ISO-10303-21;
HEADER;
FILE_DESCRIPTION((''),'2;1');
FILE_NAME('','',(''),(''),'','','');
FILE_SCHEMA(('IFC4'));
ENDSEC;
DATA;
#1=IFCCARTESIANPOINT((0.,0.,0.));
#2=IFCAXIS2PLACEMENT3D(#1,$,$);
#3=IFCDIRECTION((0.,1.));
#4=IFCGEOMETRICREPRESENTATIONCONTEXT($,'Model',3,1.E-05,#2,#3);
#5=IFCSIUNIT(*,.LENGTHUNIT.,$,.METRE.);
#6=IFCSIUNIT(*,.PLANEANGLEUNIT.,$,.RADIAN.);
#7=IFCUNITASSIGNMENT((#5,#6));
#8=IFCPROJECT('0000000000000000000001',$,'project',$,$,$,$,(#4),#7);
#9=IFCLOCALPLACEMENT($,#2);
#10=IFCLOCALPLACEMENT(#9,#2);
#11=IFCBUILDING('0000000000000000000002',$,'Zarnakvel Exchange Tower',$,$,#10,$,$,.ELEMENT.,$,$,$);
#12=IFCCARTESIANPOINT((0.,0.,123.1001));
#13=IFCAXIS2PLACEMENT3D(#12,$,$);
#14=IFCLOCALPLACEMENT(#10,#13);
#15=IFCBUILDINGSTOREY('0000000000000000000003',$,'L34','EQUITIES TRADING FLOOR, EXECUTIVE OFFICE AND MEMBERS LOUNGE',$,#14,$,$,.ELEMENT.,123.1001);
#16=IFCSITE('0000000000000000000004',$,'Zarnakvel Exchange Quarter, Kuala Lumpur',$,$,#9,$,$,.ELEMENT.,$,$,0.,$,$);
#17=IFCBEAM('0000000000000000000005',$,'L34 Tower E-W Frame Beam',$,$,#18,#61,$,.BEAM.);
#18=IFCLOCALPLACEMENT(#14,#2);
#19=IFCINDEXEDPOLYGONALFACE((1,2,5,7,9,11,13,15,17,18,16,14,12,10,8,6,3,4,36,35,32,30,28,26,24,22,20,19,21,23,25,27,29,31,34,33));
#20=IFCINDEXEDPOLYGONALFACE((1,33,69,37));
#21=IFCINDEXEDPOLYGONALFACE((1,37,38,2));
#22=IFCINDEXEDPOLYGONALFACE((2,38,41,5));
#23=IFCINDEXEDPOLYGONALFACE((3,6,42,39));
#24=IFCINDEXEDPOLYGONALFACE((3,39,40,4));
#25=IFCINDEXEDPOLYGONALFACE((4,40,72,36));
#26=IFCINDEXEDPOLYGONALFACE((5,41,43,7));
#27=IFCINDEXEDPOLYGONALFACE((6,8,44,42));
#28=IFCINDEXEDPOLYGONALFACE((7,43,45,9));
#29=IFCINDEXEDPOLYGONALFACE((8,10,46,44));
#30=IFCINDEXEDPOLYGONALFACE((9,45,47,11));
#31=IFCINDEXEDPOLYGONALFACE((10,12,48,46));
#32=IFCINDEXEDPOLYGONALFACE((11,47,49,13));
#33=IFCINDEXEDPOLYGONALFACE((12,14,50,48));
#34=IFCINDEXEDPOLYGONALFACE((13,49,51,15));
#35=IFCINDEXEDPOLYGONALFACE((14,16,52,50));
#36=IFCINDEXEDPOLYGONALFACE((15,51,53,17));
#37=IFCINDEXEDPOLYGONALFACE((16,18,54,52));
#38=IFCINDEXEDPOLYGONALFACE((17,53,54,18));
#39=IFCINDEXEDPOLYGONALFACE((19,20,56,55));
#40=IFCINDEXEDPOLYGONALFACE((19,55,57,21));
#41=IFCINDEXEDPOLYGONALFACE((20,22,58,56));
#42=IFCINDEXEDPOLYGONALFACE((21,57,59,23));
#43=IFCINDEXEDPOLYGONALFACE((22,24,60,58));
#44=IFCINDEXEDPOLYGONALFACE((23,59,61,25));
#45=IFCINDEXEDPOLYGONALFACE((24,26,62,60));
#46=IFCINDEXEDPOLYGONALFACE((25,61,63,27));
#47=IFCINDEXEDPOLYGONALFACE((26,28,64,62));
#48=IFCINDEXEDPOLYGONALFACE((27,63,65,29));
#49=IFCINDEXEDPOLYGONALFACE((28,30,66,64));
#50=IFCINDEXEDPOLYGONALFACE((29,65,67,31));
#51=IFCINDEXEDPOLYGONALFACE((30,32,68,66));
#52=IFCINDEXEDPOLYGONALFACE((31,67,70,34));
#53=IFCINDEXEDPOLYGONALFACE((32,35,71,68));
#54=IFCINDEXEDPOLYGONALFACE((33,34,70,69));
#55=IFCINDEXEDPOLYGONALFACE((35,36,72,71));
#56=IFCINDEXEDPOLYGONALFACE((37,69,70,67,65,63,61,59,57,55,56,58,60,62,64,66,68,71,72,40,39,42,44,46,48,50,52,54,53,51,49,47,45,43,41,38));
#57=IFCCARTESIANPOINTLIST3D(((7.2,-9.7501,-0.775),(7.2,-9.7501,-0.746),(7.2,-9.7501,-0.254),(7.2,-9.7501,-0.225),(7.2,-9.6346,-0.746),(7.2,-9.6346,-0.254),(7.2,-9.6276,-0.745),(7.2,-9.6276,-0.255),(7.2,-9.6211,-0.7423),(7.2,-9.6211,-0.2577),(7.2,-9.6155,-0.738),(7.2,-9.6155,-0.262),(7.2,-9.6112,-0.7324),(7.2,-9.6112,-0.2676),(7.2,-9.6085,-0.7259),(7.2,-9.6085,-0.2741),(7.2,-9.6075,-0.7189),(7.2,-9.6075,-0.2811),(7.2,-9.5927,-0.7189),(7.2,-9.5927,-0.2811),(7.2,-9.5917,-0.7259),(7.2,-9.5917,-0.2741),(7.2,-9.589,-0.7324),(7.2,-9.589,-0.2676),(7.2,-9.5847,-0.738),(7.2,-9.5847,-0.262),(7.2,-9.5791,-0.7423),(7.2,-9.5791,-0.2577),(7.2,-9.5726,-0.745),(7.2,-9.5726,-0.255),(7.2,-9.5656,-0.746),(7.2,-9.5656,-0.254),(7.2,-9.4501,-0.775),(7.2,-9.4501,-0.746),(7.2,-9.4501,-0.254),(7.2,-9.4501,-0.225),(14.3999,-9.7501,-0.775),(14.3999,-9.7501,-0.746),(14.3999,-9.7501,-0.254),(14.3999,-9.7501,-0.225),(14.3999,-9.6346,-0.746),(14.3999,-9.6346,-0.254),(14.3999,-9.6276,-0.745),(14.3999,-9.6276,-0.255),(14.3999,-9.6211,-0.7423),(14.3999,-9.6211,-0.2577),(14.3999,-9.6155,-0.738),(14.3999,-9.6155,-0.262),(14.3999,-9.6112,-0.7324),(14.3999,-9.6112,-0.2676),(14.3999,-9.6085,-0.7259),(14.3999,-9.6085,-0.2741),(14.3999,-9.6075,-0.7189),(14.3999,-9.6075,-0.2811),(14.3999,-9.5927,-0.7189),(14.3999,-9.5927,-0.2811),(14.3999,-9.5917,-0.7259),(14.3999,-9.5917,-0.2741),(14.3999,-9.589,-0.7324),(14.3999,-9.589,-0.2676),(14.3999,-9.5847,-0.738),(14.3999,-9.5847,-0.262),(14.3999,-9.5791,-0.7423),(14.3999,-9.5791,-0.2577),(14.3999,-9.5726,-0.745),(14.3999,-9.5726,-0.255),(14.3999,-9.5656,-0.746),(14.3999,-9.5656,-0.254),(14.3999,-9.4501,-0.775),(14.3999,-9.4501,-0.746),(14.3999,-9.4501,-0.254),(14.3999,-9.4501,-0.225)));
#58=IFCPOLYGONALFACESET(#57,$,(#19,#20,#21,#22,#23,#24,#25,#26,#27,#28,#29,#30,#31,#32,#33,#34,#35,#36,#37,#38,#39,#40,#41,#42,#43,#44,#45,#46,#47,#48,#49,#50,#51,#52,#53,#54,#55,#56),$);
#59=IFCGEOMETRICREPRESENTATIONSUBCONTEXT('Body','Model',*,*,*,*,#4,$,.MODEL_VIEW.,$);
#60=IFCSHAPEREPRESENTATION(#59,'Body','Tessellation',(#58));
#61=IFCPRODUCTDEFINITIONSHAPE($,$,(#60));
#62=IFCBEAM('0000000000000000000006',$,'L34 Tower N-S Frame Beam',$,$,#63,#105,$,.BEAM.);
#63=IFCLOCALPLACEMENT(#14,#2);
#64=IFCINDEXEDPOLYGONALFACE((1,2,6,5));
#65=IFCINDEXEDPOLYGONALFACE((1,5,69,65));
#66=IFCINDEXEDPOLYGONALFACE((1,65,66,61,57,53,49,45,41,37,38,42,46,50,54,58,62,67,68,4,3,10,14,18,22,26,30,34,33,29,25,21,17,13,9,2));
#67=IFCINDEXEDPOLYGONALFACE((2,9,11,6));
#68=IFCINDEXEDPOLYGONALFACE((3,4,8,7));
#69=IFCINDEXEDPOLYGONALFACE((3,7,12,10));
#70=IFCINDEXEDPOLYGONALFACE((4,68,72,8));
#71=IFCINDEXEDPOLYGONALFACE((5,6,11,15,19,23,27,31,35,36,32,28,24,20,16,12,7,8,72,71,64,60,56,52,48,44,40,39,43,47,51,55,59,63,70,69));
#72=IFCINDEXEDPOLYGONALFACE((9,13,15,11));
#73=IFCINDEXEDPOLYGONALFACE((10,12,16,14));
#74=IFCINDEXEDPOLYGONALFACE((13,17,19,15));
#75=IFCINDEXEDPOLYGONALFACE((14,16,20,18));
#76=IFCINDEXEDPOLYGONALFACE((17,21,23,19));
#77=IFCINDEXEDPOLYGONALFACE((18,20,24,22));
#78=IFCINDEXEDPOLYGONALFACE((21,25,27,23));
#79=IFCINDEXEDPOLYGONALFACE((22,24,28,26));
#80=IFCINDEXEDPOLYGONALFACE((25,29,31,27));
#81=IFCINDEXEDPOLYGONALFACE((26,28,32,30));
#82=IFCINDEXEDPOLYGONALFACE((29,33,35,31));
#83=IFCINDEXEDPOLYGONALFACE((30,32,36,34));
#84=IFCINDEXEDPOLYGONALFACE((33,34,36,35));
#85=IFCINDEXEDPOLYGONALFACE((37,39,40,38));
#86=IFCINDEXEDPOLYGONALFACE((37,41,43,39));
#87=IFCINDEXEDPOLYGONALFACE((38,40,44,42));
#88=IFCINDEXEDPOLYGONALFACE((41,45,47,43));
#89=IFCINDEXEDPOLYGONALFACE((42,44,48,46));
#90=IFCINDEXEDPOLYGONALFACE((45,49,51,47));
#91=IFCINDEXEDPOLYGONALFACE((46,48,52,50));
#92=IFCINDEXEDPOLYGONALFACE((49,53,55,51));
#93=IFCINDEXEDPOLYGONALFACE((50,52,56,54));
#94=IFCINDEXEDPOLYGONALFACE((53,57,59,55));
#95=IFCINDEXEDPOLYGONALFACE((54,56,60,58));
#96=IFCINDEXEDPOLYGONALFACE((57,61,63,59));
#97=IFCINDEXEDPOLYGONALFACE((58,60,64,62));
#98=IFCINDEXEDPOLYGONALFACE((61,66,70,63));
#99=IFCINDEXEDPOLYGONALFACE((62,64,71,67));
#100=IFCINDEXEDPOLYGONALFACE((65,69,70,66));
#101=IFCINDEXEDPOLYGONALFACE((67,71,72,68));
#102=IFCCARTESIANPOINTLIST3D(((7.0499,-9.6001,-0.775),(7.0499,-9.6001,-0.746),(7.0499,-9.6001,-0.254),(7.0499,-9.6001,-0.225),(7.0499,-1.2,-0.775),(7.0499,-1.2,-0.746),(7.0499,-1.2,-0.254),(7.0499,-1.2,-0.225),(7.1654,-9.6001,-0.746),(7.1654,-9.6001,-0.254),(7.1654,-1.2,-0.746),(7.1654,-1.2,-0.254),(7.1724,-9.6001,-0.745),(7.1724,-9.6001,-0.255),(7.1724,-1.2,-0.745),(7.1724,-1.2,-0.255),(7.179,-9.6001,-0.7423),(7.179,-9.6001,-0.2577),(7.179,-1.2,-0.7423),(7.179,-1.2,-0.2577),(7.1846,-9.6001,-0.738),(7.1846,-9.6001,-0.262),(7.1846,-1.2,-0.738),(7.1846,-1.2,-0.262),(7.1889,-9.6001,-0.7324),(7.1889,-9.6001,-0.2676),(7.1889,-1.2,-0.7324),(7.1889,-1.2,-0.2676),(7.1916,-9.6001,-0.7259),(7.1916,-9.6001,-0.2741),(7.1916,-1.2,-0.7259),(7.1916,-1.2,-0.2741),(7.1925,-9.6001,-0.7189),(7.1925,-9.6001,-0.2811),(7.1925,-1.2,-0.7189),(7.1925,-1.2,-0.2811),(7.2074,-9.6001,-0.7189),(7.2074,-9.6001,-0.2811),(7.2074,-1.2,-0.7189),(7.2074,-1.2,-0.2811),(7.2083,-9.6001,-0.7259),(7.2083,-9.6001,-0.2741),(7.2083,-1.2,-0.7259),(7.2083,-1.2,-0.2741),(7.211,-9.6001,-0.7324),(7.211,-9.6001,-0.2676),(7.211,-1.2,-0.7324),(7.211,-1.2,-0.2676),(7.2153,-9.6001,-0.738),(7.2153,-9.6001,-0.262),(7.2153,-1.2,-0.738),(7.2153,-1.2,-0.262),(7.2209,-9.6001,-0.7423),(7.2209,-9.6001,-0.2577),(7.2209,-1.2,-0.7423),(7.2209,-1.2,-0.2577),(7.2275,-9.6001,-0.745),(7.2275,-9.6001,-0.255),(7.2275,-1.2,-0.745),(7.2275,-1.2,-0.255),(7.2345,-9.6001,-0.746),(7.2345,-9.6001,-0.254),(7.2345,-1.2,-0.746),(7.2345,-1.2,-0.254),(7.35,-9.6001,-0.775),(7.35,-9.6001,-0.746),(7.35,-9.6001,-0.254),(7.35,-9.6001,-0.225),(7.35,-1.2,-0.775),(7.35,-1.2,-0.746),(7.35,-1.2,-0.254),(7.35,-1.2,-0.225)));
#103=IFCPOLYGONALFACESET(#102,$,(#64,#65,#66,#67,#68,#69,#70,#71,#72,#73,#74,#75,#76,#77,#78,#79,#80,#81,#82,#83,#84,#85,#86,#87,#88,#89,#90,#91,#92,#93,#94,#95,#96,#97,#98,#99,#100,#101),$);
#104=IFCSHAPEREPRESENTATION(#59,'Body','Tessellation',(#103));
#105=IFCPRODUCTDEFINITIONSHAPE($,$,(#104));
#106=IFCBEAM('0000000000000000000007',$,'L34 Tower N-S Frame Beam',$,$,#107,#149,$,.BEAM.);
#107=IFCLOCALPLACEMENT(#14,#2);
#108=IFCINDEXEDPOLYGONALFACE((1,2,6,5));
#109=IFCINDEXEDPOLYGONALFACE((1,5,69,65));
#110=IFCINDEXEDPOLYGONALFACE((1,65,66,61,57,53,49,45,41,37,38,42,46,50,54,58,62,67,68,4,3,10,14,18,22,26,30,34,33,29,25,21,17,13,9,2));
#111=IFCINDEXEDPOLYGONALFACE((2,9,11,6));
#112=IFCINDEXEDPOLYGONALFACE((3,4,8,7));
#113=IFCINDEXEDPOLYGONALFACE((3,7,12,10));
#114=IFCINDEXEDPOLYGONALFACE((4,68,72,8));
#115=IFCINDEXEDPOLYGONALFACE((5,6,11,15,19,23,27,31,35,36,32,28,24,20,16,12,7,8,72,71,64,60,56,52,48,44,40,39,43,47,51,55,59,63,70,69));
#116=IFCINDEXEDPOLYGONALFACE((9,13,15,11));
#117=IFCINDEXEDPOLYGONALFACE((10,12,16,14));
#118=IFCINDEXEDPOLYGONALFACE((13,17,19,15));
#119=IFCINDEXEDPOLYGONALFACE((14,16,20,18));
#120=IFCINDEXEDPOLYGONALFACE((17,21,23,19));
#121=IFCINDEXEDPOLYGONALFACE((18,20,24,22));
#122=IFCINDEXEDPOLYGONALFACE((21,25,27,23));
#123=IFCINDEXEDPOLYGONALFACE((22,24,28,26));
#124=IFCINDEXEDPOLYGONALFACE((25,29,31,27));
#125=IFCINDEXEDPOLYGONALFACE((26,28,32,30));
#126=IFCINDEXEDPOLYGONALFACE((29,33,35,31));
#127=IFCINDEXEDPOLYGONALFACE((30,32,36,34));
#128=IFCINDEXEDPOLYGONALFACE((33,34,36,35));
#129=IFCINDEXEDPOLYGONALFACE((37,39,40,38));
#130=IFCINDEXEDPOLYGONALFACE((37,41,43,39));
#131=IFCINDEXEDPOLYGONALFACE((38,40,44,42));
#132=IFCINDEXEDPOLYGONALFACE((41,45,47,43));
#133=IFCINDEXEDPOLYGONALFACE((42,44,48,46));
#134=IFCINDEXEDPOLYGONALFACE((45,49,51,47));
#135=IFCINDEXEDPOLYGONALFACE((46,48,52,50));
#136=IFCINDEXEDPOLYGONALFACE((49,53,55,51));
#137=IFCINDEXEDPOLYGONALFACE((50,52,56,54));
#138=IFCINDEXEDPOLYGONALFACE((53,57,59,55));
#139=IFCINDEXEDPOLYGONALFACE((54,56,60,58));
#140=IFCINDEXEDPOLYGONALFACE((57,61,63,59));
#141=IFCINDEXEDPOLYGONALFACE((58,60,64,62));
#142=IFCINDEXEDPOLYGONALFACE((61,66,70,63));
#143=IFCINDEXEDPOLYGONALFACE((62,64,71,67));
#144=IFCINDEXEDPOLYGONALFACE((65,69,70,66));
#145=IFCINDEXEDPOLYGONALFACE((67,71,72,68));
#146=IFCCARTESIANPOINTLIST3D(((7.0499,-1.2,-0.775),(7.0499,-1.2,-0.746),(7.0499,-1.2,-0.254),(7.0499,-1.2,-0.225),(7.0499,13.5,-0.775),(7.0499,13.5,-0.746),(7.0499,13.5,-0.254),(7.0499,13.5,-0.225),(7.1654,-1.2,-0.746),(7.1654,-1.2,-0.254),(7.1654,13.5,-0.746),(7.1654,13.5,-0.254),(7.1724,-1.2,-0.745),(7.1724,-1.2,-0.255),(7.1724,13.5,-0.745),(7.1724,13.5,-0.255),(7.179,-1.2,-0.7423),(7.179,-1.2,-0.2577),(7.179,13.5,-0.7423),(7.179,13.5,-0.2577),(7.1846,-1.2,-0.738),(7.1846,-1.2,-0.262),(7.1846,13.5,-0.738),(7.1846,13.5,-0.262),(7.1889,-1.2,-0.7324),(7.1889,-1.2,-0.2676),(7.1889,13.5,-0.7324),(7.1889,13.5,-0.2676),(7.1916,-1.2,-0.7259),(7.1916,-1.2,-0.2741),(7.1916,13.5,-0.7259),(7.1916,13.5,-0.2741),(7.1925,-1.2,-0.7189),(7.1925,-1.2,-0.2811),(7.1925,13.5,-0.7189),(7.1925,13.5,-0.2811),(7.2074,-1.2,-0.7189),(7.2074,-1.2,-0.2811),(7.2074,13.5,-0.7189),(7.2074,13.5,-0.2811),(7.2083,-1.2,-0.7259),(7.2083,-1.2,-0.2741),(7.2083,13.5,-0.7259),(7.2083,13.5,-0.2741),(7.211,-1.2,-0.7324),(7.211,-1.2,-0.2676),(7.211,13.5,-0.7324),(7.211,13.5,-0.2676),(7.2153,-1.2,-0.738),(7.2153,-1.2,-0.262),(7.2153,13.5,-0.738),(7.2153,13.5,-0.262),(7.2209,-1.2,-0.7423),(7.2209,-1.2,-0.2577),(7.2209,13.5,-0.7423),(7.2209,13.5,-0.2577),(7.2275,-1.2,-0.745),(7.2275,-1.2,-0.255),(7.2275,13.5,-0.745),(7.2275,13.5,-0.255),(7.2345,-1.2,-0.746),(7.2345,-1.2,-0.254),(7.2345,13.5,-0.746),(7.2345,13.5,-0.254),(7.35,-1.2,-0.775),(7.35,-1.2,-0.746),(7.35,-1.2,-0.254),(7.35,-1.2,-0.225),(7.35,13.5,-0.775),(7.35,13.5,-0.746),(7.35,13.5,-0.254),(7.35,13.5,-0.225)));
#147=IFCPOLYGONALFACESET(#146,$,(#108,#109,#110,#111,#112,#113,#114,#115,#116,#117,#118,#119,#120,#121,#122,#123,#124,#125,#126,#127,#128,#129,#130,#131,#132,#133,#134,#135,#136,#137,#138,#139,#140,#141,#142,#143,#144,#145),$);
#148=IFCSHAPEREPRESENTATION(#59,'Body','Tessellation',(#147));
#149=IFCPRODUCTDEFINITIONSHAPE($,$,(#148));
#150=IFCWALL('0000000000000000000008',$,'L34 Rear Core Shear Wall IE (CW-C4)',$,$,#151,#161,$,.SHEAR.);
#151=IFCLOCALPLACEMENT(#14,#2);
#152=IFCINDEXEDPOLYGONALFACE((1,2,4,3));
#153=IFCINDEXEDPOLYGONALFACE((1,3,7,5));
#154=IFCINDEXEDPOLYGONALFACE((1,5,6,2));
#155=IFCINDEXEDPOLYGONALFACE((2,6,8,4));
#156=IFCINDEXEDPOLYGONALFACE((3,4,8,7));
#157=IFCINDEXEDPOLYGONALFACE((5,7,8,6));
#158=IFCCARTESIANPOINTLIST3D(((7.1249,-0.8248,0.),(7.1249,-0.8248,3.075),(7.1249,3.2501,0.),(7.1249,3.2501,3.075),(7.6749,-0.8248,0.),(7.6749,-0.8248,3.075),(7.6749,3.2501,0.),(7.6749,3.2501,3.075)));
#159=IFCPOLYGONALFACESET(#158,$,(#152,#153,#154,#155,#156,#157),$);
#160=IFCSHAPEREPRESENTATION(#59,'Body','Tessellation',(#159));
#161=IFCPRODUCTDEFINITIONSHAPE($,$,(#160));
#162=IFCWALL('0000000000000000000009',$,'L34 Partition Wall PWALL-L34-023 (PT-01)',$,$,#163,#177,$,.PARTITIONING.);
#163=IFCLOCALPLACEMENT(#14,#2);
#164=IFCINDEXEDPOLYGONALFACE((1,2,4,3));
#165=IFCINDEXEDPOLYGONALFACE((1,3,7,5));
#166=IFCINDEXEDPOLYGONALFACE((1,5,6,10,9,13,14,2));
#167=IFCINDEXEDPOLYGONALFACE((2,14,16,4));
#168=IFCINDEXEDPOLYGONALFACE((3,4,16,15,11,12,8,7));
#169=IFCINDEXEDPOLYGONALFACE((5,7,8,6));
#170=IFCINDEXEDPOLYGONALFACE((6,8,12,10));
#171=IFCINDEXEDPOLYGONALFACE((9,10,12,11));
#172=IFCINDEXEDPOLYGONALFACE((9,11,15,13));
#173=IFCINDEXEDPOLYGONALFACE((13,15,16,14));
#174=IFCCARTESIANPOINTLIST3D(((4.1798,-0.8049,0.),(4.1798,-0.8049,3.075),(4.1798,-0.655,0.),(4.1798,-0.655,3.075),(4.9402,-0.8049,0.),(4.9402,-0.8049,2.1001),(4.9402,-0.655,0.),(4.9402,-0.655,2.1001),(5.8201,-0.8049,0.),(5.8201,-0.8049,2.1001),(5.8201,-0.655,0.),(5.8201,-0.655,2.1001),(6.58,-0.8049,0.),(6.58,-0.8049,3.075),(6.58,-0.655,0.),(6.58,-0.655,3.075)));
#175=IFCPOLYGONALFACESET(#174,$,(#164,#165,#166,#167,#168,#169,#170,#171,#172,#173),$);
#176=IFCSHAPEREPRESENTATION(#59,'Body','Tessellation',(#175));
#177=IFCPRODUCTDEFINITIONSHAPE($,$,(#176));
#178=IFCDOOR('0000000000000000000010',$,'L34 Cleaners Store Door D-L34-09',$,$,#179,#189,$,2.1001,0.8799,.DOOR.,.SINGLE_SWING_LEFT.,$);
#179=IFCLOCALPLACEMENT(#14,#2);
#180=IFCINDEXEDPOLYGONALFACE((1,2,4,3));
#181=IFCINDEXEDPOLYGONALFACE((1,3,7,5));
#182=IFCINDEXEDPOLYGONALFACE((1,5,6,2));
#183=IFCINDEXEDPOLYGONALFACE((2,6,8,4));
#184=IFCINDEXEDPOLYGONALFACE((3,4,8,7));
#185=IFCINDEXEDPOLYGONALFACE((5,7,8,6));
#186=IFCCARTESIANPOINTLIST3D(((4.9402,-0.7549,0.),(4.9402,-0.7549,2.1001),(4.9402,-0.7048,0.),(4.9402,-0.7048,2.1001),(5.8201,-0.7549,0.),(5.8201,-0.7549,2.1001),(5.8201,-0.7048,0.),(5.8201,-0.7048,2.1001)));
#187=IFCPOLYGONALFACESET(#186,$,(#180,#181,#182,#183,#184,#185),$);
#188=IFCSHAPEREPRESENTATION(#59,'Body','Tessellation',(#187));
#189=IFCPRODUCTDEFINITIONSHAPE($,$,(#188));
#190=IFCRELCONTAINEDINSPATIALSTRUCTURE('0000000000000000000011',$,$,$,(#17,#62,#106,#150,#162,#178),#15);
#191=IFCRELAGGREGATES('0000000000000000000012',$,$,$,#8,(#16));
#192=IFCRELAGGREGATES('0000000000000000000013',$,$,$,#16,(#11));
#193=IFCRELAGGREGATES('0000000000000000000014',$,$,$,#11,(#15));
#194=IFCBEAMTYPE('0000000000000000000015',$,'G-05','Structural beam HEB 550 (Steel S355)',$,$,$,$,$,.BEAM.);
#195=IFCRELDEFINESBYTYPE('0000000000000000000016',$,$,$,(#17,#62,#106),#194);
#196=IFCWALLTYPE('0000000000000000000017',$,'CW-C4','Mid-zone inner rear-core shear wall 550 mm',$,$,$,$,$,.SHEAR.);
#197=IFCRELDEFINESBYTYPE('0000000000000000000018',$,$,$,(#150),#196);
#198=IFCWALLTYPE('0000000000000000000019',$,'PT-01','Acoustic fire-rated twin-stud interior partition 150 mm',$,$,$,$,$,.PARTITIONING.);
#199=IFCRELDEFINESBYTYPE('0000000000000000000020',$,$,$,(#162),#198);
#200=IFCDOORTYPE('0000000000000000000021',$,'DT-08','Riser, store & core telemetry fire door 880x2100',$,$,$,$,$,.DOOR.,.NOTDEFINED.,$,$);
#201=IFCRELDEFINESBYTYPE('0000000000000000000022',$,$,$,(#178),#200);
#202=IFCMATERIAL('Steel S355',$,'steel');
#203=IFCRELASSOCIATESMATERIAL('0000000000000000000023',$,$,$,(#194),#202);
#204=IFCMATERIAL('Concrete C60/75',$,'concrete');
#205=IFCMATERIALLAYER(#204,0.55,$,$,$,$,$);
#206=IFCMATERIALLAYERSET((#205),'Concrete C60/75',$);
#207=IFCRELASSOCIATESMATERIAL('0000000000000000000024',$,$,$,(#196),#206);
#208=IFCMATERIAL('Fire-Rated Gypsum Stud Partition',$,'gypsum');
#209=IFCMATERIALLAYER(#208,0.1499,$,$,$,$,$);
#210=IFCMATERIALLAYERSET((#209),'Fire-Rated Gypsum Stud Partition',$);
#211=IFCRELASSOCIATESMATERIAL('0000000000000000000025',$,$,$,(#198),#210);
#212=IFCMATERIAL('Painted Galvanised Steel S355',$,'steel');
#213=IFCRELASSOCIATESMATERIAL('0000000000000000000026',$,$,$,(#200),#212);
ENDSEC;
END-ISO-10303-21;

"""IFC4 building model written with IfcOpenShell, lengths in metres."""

from ifc_helpers import new_model, si_unit, direction, frame, frame_2d, origin, origin_2d, place, context, subcontext, project, spatial, rectangle, i_section, extrude, source, transform, mapped, material, layer, layer_set, material_profile, profile_set, type_object, element, fill, save


model = new_model("IFC4")

# Units and contexts
model_context = context("Model", 3, precision=1e-05, world=origin(), true_north=direction((0.0, 1.0)))
body_context = subcontext(model_context, "Body", "Model", "MODEL_VIEW")
ifc_project = project(units=[si_unit("LENGTHUNIT", "METRE"), si_unit("PLANEANGLEUNIT", "RADIAN")], contexts=[model_context])

# Site, building, storey
site_placement = place(None, origin())
site = spatial("IfcSite", under=ifc_project, at=site_placement, Name="Zarnakvel Exchange Quarter, Kuala Lumpur", CompositionType="ELEMENT", RefElevation=0.0)
building_placement = place(site_placement, origin())
building = spatial("IfcBuilding", under=site, at=building_placement, Name="Zarnakvel Exchange Tower", CompositionType="ELEMENT")
storey_placement = place(building_placement, frame((0.0, 0.0, 123.1001)))
storey = spatial("IfcBuildingStorey", under=building, at=storey_placement, Name="L34", Description="EQUITIES TRADING FLOOR, EXECUTIVE OFFICE AND MEMBERS LOUNGE", CompositionType="ELEMENT", Elevation=123.1001)

# Shared definitions
ifc_material_1 = material(Name="Concrete C60/75", Category="concrete")

# Beams
ifc_material_2 = material(Name="Steel S355", Category="steel")
ifc_material_profile_1 = material_profile(ifc_material_2, i_section(OverallWidth=0.3, OverallDepth=0.55, WebThickness=0.0149, FlangeThickness=0.0291, FilletRadius=0.0271, at=origin_2d()))
ifc_profile_set_1 = profile_set([ifc_material_profile_1], Name="Steel S355")
beam_type_1 = type_object("IfcBeamType", Name="G-05", Description="Structural beam HEB 550 (Steel S355)", PredefinedType="BEAM", material=ifc_profile_set_1)
beam_1_placement = place(storey_placement, frame((7.2, -9.6001, -0.5), z_axis=(1.0, 0.0, 0.0), x_axis=(0.0, 1.0, 0.0)))
element("IfcBeam", 1, at=beam_1_placement, inside=storey, type_object=beam_type_1, Name="L34 Tower E-W Frame Beam", PredefinedType="BEAM", context=body_context, shape_type="SweptSolid", body=[
    extrude(i_section(OverallWidth=0.3, OverallDepth=0.55, WebThickness=0.0149, FlangeThickness=0.0291, FilletRadius=0.0271, at=origin_2d()), origin(), (0.0, 0.0, 1.0), 7.2),
])
beam_2_placement = place(storey_placement, frame((7.2, -9.6001, -0.5), z_axis=(0.0, 1.0, 0.0), x_axis=(-1.0, 0.0, 0.0)))
element("IfcBeam", 2, at=beam_2_placement, inside=storey, type_object=beam_type_1, Name="L34 Tower N-S Frame Beam", PredefinedType="BEAM", context=body_context, shape_type="SweptSolid", body=[
    extrude(i_section(OverallWidth=0.3, OverallDepth=0.55, WebThickness=0.0149, FlangeThickness=0.0291, FilletRadius=0.0271, at=origin_2d()), origin(), (0.0, 0.0, 1.0), 8.4001),
])
beam_3_placement = place(storey_placement, frame((7.2, -1.2, -0.5), z_axis=(0.0, 1.0, 0.0), x_axis=(-1.0, 0.0, 0.0)))
element("IfcBeam", 3, at=beam_3_placement, inside=storey, type_object=beam_type_1, Name="L34 Tower N-S Frame Beam", PredefinedType="BEAM", context=body_context, shape_type="SweptSolid", body=[
    extrude(i_section(OverallWidth=0.3, OverallDepth=0.55, WebThickness=0.0149, FlangeThickness=0.0291, FilletRadius=0.0271, at=origin_2d()), origin(), (0.0, 0.0, 1.0), 14.7),
])

# Shared definitions
ifc_material_3 = material(Name="Painted Galvanised Steel S355", Category="steel")

# Wall
ifc_layer_1 = layer(ifc_material_1, 0.55)
ifc_layer_set_1 = layer_set([ifc_layer_1], Name="Concrete C60/75")
wall_type_1 = type_object("IfcWallType", Name="CW-C4", Description="Mid-zone inner rear-core shear wall 550 mm", PredefinedType="SHEAR", material=ifc_layer_set_1)
wall_1_placement = place(storey_placement, frame((7.3999, -0.825, 0.0), z_axis=(0.0, 0.0, 1.0), x_axis=(0.0, 1.0, 0.0)))
element("IfcWall", 4, at=wall_1_placement, inside=storey, type_object=wall_type_1, Name="L34 Rear Core Shear Wall IE (CW-C4)", PredefinedType="SHEAR", context=body_context, shape_type="SweptSolid", body=[
    extrude(rectangle(XDim=4.075, YDim=0.55, at=frame_2d((2.0376, 0.0))), origin(), (0.0, 0.0, 1.0), 3.075),
])

# Wall, opening, door
ifc_material_4 = material(Name="Fire-Rated Gypsum Stud Partition", Category="gypsum")
ifc_layer_2 = layer(ifc_material_4, 0.1499)
ifc_layer_set_2 = layer_set([ifc_layer_2], Name="Fire-Rated Gypsum Stud Partition")
wall_type_2 = type_object("IfcWallType", Name="PT-01", Description="Acoustic fire-rated twin-stud interior partition 150 mm", PredefinedType="PARTITIONING", material=ifc_layer_set_2)
wall_2_placement = place(storey_placement, frame((6.5801, -0.73, 0.0), z_axis=(0.0, 0.0, 1.0), x_axis=(-1.0, 0.0, 0.0)))
wall_2 = element("IfcWall", 5, at=wall_2_placement, inside=storey, type_object=wall_type_2, Name="L34 Partition Wall PWALL-L34-023 (PT-01)", PredefinedType="PARTITIONING", context=body_context, shape_type="SweptSolid", body=[
    extrude(rectangle(XDim=2.4001, YDim=0.1499, at=frame_2d((1.2002, 0.0))), origin(), (0.0, 0.0, 1.0), 3.075),
])
opening_1_placement = place(wall_2_placement, frame((0.76, 0.0, 0.0)))
opening_1 = element("IfcOpeningElement", 6, at=opening_1_placement, cuts=wall_2, PredefinedType="OPENING", context=body_context, shape_type="SweptSolid", body=[
    extrude(rectangle(XDim=0.8799, YDim=2.1001, at=frame_2d((0.4399, 1.05))), frame((0.0, 0.085, 0.0), z_axis=(0.0, -1.0, 0.0), x_axis=(1.0, 0.0, 0.0)), (0.0, 0.0, 1.0), 0.1699),
])
door_type_1 = type_object("IfcDoorType", Name="DT-08", Description="Riser, store & core telemetry fire door 880x2100", OperationType="NOTDEFINED", PredefinedType="DOOR", material=ifc_material_3)
shared_shape_1 = source(origin(), body_context, "Body", "SweptSolid", [
    extrude(rectangle(XDim=0.8799, YDim=2.1001, at=frame_2d((0.4399, 1.05))), frame((0.0, 0.0249, 0.0), z_axis=(0.0, -1.0, 0.0), x_axis=(1.0, 0.0, 0.0)), (0.0, 0.0, 1.0), 0.05),
])
door_1_placement = place(opening_1_placement, origin())
door_1 = element("IfcDoor", 7, at=door_1_placement, inside=storey, type_object=door_type_1, Name="L34 Cleaners Store Door D-L34-09", OperationType="SINGLE_SWING_LEFT", OverallHeight=2.1001, OverallWidth=0.8799, PredefinedType="DOOR", context=body_context, shape_type="MappedRepresentation", body=[
    mapped(shared_shape_1, transform((0.0, 0.0, 0.0), x_axis=(1.0, 0.0, 0.0), y_axis=(0.0, 1.0, 0.0), z_axis=(0.0, 0.0, 1.0), scale=1.0)),
])
fill(opening_1, door_1)

save(model, "model.ifc")
